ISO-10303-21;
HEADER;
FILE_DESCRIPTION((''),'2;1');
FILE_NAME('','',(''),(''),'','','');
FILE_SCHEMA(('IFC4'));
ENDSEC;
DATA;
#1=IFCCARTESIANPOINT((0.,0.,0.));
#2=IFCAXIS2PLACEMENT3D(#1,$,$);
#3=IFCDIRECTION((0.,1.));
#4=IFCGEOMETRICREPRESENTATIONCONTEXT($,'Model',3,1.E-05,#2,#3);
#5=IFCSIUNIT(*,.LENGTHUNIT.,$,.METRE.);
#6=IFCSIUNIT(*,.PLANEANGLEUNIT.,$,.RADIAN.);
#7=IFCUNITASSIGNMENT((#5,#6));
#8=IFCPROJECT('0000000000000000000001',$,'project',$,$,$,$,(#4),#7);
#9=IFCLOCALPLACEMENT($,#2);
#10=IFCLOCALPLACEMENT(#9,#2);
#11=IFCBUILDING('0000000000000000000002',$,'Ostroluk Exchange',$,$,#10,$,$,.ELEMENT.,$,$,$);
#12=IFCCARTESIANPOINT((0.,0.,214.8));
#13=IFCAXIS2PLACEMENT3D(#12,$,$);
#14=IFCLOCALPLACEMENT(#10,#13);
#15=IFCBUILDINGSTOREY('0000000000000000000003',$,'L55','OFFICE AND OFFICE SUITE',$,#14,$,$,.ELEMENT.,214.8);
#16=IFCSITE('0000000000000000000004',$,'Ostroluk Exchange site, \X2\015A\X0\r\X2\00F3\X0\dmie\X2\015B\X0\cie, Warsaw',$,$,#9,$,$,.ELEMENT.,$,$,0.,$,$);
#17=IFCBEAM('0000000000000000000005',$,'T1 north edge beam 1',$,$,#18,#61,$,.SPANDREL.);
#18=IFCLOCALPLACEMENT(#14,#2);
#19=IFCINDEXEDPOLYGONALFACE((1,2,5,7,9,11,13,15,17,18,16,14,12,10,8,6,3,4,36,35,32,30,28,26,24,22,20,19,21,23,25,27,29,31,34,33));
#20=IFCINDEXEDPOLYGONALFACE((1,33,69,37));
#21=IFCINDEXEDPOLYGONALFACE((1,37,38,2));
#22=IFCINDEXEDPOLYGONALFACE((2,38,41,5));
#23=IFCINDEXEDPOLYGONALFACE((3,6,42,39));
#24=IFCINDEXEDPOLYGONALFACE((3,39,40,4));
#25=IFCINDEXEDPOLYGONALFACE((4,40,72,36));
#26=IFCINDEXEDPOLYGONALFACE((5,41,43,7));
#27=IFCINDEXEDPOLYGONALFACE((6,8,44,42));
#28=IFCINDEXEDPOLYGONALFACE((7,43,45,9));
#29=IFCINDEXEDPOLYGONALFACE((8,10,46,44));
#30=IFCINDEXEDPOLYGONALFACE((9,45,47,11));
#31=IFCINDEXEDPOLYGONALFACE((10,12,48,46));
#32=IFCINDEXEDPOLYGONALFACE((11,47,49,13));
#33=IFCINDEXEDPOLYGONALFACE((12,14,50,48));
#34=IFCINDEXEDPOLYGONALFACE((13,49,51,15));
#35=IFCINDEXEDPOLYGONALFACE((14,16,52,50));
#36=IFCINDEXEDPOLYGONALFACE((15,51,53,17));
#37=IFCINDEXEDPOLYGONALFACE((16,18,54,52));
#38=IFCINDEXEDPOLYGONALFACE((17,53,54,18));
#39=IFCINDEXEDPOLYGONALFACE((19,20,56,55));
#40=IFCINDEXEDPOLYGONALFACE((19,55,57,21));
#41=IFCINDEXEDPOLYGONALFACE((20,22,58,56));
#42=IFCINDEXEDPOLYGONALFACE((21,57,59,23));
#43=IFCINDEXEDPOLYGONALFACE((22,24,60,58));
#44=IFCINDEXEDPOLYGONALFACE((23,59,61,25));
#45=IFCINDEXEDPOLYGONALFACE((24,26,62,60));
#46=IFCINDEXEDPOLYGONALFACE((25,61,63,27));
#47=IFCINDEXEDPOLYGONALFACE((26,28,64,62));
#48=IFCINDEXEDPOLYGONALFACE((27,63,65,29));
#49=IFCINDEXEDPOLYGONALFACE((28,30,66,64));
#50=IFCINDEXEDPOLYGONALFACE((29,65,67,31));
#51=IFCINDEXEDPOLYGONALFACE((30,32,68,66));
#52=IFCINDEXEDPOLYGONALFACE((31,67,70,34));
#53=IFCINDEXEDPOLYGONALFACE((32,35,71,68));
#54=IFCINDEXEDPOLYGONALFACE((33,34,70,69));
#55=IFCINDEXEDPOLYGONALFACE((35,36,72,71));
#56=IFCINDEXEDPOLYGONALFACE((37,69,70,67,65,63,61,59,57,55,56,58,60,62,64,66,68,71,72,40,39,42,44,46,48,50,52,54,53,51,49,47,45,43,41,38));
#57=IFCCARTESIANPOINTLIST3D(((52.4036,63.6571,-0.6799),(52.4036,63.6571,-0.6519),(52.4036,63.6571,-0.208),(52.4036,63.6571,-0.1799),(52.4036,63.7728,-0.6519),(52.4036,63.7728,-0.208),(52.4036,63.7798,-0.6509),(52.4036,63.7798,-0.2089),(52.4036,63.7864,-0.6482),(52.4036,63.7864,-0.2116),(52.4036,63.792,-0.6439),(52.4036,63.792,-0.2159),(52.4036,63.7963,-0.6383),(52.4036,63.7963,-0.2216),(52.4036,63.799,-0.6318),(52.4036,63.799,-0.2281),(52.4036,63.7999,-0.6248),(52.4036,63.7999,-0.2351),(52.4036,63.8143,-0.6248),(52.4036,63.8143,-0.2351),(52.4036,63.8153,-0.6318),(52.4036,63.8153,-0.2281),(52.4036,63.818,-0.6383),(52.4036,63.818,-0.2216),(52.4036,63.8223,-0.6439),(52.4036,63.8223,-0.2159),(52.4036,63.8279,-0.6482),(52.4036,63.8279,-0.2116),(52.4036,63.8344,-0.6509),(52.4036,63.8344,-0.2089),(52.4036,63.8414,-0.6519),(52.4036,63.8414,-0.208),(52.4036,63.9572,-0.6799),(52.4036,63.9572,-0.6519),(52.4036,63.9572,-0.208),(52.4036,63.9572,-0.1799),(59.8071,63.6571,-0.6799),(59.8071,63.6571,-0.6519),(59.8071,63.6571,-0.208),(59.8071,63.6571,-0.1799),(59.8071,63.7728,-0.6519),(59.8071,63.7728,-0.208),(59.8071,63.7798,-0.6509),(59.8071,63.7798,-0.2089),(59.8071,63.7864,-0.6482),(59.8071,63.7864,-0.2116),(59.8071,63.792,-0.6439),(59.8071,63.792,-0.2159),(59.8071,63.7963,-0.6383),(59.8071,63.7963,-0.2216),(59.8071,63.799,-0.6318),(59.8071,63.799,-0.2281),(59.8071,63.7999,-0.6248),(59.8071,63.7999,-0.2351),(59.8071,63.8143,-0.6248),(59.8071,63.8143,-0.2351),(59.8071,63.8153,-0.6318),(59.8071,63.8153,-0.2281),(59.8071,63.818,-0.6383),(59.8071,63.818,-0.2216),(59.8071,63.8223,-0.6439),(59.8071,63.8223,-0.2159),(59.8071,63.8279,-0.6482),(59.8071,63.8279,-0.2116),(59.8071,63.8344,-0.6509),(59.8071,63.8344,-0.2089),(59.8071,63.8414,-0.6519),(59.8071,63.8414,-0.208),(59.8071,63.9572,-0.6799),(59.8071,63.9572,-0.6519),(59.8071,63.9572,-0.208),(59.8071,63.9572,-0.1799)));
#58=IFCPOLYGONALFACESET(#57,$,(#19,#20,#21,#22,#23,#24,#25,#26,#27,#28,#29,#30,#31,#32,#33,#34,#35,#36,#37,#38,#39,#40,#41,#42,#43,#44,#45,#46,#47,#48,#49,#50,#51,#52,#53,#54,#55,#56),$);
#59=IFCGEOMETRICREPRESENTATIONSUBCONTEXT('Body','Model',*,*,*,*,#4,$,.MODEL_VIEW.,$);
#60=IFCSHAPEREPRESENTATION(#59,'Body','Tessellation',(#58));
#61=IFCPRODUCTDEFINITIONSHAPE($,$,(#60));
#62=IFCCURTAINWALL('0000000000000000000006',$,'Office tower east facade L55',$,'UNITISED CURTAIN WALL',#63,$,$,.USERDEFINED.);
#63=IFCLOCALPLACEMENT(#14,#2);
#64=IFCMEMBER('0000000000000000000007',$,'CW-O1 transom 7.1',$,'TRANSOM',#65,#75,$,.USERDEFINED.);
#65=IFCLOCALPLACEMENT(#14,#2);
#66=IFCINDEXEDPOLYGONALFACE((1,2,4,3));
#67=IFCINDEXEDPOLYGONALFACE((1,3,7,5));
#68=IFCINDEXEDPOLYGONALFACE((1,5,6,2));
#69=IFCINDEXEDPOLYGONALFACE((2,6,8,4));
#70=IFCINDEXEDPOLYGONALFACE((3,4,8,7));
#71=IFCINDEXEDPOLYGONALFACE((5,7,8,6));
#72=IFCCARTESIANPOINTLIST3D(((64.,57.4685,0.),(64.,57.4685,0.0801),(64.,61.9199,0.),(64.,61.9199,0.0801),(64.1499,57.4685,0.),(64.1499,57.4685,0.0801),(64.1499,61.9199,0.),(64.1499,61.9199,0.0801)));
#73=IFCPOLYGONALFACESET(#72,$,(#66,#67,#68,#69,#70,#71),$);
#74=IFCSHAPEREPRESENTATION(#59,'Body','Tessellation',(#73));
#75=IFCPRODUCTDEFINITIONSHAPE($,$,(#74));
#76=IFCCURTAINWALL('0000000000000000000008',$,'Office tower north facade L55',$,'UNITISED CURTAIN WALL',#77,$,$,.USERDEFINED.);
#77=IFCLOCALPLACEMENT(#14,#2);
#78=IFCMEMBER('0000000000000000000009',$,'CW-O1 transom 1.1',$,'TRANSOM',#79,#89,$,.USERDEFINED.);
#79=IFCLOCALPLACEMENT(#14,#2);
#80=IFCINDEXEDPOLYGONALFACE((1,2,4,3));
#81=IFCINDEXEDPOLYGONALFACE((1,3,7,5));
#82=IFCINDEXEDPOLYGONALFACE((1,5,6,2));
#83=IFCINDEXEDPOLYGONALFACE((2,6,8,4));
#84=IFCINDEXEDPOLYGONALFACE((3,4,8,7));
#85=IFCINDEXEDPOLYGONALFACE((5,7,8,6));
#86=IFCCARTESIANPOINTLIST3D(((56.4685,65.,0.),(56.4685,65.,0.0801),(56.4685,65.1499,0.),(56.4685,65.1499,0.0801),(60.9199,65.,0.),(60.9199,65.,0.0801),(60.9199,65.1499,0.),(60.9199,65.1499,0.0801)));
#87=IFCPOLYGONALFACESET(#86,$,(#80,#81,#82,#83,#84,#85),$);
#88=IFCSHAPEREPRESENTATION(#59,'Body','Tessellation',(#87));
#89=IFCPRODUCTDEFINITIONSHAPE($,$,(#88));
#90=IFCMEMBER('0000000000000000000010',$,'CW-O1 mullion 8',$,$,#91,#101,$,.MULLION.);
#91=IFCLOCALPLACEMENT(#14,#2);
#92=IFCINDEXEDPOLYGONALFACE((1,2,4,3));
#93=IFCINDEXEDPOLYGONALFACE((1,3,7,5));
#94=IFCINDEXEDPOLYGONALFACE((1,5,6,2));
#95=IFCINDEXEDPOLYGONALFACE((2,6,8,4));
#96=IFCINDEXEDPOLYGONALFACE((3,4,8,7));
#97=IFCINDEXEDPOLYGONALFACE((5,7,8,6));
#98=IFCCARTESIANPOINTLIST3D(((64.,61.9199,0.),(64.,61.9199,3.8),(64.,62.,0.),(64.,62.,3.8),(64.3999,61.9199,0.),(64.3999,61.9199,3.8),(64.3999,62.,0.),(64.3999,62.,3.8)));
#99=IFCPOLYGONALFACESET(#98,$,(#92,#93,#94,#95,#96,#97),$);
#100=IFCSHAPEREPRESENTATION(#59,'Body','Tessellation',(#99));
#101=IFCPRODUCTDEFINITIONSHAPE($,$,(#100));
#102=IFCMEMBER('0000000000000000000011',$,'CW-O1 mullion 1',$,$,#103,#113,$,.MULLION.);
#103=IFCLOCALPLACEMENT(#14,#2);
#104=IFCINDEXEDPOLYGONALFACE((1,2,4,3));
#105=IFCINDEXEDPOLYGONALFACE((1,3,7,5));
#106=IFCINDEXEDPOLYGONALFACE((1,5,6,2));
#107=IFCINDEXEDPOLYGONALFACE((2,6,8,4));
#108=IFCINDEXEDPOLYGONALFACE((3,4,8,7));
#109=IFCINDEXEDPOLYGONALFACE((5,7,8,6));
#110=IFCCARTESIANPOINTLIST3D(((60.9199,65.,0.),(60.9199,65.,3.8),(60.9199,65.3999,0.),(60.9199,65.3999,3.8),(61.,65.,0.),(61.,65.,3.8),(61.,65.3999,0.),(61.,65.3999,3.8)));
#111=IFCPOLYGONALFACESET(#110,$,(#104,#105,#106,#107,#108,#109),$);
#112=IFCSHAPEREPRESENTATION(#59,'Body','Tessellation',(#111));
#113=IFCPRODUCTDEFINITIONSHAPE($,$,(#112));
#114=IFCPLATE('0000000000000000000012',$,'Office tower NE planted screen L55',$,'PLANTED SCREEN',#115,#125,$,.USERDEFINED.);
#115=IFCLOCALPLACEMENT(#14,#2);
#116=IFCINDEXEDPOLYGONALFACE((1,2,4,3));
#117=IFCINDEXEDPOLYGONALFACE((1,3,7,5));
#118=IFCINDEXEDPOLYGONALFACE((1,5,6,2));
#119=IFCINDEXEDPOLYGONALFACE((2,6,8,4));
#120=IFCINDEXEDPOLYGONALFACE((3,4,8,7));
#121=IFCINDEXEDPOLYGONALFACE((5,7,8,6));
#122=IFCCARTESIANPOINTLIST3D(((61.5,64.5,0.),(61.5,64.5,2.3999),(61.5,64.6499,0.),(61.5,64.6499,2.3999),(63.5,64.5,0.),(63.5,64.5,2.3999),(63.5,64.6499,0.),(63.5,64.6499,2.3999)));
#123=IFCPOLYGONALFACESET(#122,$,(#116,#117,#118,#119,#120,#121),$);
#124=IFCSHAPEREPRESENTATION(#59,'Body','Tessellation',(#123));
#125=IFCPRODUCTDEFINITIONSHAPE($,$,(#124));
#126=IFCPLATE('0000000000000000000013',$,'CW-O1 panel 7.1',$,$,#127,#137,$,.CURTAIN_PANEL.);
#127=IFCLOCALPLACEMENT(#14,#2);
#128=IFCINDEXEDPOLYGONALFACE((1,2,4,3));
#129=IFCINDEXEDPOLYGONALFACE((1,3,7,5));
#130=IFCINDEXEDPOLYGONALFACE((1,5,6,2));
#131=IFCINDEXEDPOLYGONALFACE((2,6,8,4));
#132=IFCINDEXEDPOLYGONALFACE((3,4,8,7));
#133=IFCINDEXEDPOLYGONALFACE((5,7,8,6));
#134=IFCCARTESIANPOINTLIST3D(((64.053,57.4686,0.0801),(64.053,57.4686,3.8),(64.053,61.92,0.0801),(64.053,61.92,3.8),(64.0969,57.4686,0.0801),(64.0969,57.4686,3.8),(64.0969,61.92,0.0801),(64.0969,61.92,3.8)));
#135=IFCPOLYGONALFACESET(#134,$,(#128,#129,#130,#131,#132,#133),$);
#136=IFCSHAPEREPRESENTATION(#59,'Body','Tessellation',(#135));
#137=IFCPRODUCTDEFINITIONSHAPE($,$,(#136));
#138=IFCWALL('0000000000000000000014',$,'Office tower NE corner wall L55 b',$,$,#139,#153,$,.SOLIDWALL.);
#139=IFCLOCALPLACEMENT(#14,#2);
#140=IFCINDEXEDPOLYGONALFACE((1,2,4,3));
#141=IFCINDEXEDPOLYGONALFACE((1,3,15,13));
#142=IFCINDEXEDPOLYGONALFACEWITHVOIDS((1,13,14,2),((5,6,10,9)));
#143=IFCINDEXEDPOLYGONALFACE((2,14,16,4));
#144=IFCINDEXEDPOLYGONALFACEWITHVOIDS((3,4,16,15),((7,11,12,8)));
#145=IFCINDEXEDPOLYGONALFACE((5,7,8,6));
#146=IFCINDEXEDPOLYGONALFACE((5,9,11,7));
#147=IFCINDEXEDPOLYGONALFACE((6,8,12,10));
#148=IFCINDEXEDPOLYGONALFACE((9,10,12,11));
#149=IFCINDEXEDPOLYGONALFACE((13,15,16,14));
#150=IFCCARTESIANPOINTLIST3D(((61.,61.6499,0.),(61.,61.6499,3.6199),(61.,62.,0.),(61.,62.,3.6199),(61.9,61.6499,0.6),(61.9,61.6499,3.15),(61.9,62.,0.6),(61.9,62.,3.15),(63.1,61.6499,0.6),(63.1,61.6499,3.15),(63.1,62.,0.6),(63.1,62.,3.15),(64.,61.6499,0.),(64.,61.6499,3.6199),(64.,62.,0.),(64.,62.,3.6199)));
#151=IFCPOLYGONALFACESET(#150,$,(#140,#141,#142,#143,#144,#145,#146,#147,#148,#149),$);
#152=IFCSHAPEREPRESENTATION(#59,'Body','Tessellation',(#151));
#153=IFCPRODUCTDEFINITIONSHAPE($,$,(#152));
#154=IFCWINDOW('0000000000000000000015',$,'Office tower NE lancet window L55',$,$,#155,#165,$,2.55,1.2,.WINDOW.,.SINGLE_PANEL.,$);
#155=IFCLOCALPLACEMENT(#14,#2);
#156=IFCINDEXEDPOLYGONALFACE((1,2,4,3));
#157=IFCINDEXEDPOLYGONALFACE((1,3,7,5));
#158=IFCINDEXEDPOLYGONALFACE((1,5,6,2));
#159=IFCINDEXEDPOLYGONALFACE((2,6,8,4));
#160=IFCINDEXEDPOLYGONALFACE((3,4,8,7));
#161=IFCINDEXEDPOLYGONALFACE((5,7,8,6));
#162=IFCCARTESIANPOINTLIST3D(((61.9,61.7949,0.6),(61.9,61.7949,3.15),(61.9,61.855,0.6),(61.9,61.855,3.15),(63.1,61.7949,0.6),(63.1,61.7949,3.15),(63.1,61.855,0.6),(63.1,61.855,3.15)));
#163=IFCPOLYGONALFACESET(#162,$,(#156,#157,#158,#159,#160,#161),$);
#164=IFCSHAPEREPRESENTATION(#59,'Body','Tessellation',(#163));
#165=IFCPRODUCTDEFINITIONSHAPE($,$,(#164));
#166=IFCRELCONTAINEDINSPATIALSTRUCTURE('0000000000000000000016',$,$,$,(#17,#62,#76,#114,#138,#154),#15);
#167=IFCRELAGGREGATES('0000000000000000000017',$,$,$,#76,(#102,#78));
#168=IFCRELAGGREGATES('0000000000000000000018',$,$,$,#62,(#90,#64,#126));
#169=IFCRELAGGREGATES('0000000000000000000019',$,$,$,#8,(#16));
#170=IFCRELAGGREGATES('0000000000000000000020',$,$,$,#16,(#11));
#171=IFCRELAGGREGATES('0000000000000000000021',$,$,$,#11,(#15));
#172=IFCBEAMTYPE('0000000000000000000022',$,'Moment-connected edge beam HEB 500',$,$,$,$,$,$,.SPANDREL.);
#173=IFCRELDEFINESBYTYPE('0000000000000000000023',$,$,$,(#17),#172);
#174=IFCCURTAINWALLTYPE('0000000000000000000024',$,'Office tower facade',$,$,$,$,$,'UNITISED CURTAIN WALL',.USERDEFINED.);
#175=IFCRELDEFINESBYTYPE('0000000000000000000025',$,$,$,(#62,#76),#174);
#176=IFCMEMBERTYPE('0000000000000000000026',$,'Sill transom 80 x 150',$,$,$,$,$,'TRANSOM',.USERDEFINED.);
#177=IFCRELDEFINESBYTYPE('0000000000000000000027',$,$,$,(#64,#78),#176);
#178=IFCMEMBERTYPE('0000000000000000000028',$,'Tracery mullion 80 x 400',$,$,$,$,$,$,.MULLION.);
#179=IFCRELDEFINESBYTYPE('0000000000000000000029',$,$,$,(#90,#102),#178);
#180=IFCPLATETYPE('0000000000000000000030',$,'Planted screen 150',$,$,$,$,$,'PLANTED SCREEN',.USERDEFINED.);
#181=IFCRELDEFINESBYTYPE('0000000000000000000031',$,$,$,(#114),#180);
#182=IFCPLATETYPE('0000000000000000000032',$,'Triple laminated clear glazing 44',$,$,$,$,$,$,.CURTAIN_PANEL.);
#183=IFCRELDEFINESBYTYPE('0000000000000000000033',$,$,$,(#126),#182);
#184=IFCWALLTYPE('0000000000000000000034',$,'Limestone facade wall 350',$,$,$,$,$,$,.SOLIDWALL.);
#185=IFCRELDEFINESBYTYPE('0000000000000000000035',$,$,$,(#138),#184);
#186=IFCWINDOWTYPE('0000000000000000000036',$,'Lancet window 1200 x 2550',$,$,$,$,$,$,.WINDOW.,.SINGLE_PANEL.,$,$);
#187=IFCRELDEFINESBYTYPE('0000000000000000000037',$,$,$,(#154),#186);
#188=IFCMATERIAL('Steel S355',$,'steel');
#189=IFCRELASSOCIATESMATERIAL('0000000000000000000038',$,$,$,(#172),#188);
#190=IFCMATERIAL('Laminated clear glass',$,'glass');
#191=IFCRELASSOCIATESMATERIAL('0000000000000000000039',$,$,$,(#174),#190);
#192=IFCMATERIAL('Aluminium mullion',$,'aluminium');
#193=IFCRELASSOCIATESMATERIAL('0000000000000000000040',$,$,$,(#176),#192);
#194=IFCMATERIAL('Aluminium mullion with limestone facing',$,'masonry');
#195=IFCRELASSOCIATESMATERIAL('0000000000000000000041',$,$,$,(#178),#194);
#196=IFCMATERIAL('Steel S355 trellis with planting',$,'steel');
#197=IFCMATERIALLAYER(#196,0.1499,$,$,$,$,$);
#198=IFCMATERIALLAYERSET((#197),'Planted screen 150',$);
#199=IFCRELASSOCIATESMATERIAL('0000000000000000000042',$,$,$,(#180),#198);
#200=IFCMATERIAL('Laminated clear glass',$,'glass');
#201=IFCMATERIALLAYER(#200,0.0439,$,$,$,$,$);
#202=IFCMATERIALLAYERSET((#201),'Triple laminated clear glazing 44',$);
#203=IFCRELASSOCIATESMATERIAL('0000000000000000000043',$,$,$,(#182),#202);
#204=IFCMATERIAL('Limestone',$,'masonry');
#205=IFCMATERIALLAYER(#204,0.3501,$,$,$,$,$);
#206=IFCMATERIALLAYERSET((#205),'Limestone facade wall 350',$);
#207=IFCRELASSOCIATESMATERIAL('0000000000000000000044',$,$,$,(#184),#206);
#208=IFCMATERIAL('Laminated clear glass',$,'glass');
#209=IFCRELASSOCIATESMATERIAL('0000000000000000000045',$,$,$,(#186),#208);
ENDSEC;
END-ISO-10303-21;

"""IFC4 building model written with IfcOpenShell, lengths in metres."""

from ifc_helpers import new_model, si_unit, direction, frame, frame_2d, origin, origin_2d, place, context, subcontext, project, spatial, rectangle, i_section, extrude, material, layer, layer_set, material_profile, profile_set, type_object, element, fill, aggregate, save


model = new_model("IFC4")

# Units and contexts
model_context = context("Model", 3, precision=1e-05, world=origin(), true_north=direction((0.0, 1.0)))
body_context = subcontext(model_context, "Body", "Model", "MODEL_VIEW")
ifc_project = project(units=[si_unit("LENGTHUNIT", "METRE"), si_unit("PLANEANGLEUNIT", "RADIAN")], contexts=[model_context])

# Site, building, storey
site_placement = place(None, origin())
site = spatial("IfcSite", under=ifc_project, at=site_placement, Name="Ostroluk Exchange site, Śródmieście, Warsaw", CompositionType="ELEMENT", RefElevation=0.0)
building_placement = place(site_placement, origin())
building = spatial("IfcBuilding", under=site, at=building_placement, Name="Ostroluk Exchange", CompositionType="ELEMENT")
storey_placement = place(building_placement, frame((0.0, 0.0, 214.8)))
storey = spatial("IfcBuildingStorey", under=building, at=storey_placement, Name="L55", Description="OFFICE AND OFFICE SUITE", CompositionType="ELEMENT", Elevation=214.8)

# Beam
ifc_material_1 = material(Name="Steel S355", Category="steel")
ifc_material_profile_1 = material_profile(ifc_material_1, i_section(OverallWidth=0.3, OverallDepth=0.5, WebThickness=0.0144, FlangeThickness=0.0281, FilletRadius=0.0271, at=origin_2d()), Name="HEB 500")
ifc_profile_set_1 = profile_set([ifc_material_profile_1], Name="Steel S355")
beam_type_1 = type_object("IfcBeamType", Name="Moment-connected edge beam HEB 500", PredefinedType="SPANDREL", material=ifc_profile_set_1)
beam_1_placement = place(storey_placement, frame((59.8071, 63.8071, -0.4299), z_axis=(-1.0, 0.0, 0.0), x_axis=(0.0, -1.0, 0.0)))
element("IfcBeam", 1, at=beam_1_placement, inside=storey, type_object=beam_type_1, Name="T1 north edge beam 1", PredefinedType="SPANDREL", context=body_context, shape_type="SweptSolid", body=[
    extrude(i_section(OverallWidth=0.3, OverallDepth=0.5, WebThickness=0.0144, FlangeThickness=0.0281, FilletRadius=0.0271, at=origin_2d()), origin(), (0.0, 0.0, 1.0), 7.4036),
])

# Curtain walls, members
ifc_material_2 = material(Name="Laminated clear glass", Category="glass")
curtain_wall_type = type_object("IfcCurtainWallType", Name="Office tower facade", ElementType="UNITISED CURTAIN WALL", PredefinedType="USERDEFINED", material=ifc_material_2)
curtain_wall_1_placement = place(storey_placement, origin())
curtain_wall_1 = element("IfcCurtainWall", 2, at=curtain_wall_1_placement, inside=storey, type_object=curtain_wall_type, Name="Office tower east facade L55", ObjectType="UNITISED CURTAIN WALL", PredefinedType="USERDEFINED")
ifc_material_3 = material(Name="Aluminium mullion", Category="aluminium")
ifc_material_profile_2 = material_profile(ifc_material_3, rectangle(XDim=0.1499, YDim=0.0801, at=origin_2d()), Name="Sill transom 80 x 150")
ifc_profile_set_2 = profile_set([ifc_material_profile_2], Name="Aluminium mullion")
member_type_1 = type_object("IfcMemberType", Name="Sill transom 80 x 150", ElementType="TRANSOM", PredefinedType="USERDEFINED", material=ifc_profile_set_2)
member_1_placement = place(storey_placement, frame((64.075, 57.4685, 0.04), z_axis=(0.0, 1.0, 0.0), x_axis=(-1.0, 0.0, 0.0)))
member_1 = element("IfcMember", 3, at=member_1_placement, type_object=member_type_1, Name="CW-O1 transom 7.1", ObjectType="TRANSOM", PredefinedType="USERDEFINED", context=body_context, shape_type="SweptSolid", body=[
    extrude(rectangle(XDim=0.1499, YDim=0.0801, at=origin_2d()), origin(), (0.0, 0.0, 1.0), 4.4514),
])
curtain_wall_2_placement = place(storey_placement, origin())
curtain_wall_2 = element("IfcCurtainWall", 4, at=curtain_wall_2_placement, inside=storey, type_object=curtain_wall_type, Name="Office tower north facade L55", ObjectType="UNITISED CURTAIN WALL", PredefinedType="USERDEFINED")
member_2_placement = place(storey_placement, frame((60.9199, 65.075, 0.04), z_axis=(-1.0, 0.0, 0.0), x_axis=(0.0, -1.0, 0.0)))
member_2 = element("IfcMember", 5, at=member_2_placement, type_object=member_type_1, Name="CW-O1 transom 1.1", ObjectType="TRANSOM", PredefinedType="USERDEFINED", context=body_context, shape_type="SweptSolid", body=[
    extrude(rectangle(XDim=0.1499, YDim=0.0801, at=origin_2d()), origin(), (0.0, 0.0, 1.0), 4.4514),
])

# Members
ifc_material_4 = material(Name="Aluminium mullion with limestone facing", Category="masonry")
ifc_material_profile_3 = material_profile(ifc_material_4, rectangle(XDim=0.3999, YDim=0.0801, at=origin_2d()), Name="Tracery mullion 80 x 400")
ifc_profile_set_3 = profile_set([ifc_material_profile_3], Name="Aluminium mullion with limestone facing")
member_type_2 = type_object("IfcMemberType", Name="Tracery mullion 80 x 400", PredefinedType="MULLION", material=ifc_profile_set_3)
member_3_placement = place(storey_placement, frame((64.2, 61.96, 0.0), z_axis=(0.0, 0.0, 1.0), x_axis=(-1.0, 0.0, 0.0)))
member_3 = element("IfcMember", 6, at=member_3_placement, type_object=member_type_2, Name="CW-O1 mullion 8", PredefinedType="MULLION", context=body_context, shape_type="SweptSolid", body=[
    extrude(rectangle(XDim=0.3999, YDim=0.0801, at=origin_2d()), origin(), (0.0, 0.0, 1.0), 3.8),
])
member_4_placement = place(storey_placement, frame((60.96, 65.2, 0.0), z_axis=(0.0, 0.0, 1.0), x_axis=(0.0, -1.0, 0.0)))
member_4 = element("IfcMember", 7, at=member_4_placement, type_object=member_type_2, Name="CW-O1 mullion 1", PredefinedType="MULLION", context=body_context, shape_type="SweptSolid", body=[
    extrude(rectangle(XDim=0.3999, YDim=0.0801, at=origin_2d()), origin(), (0.0, 0.0, 1.0), 3.8),
])
aggregate(curtain_wall_2, [member_4, member_2])

# Plates
ifc_material_5 = material(Name="Steel S355 trellis with planting", Category="steel")
ifc_layer_1 = layer(ifc_material_5, 0.1499)
ifc_layer_set_1 = layer_set([ifc_layer_1], Name="Planted screen 150")
plate_type_1 = type_object("IfcPlateType", Name="Planted screen 150", ElementType="PLANTED SCREEN", PredefinedType="USERDEFINED", material=ifc_layer_set_1)
plate_1_placement = place(storey_placement, frame((62.5, 64.575, 0.0), z_axis=(0.0, 0.0, 1.0), x_axis=(1.0, 0.0, 0.0)))
element("IfcPlate", 8, at=plate_1_placement, inside=storey, type_object=plate_type_1, Name="Office tower NE planted screen L55", ObjectType="PLANTED SCREEN", PredefinedType="USERDEFINED", context=body_context, shape_type="SweptSolid", body=[
    extrude(rectangle(XDim=2.0, YDim=0.1499, at=origin_2d()), origin(), (0.0, 0.0, 1.0), 2.3999),
])
ifc_material_6 = material(Name="Laminated clear glass", Category="glass")
ifc_layer_2 = layer(ifc_material_6, 0.0439)
ifc_layer_set_2 = layer_set([ifc_layer_2], Name="Triple laminated clear glazing 44")
plate_type_2 = type_object("IfcPlateType", Name="Triple laminated clear glazing 44", PredefinedType="CURTAIN_PANEL", material=ifc_layer_set_2)
plate_2_placement = place(storey_placement, frame((64.075, 59.6943, 0.0801), z_axis=(0.0, 0.0, 1.0), x_axis=(0.0, 1.0, 0.0)))
plate_2 = element("IfcPlate", 9, at=plate_2_placement, type_object=plate_type_2, Name="CW-O1 panel 7.1", PredefinedType="CURTAIN_PANEL", context=body_context, shape_type="SweptSolid", body=[
    extrude(rectangle(XDim=4.4514, YDim=0.0439, at=origin_2d()), origin(), (0.0, 0.0, 1.0), 3.72),
])
aggregate(curtain_wall_1, [member_3, member_1, plate_2])

# Shared definitions
ifc_material_7 = material(Name="Limestone", Category="masonry")
ifc_layer_3 = layer(ifc_material_7, 0.3501)
ifc_layer_set_3 = layer_set([ifc_layer_3], Name="Limestone facade wall 350")
wall_type = type_object("IfcWallType", Name="Limestone facade wall 350", PredefinedType="SOLIDWALL", material=ifc_layer_set_3)

# Wall, opening, window
wall_1_placement = place(storey_placement, frame((61.0, 61.825, 0.0), z_axis=(0.0, 0.0, 1.0), x_axis=(1.0, 0.0, 0.0)))
wall_1 = element("IfcWall", 10, at=wall_1_placement, inside=storey, type_object=wall_type, Name="Office tower NE corner wall L55 b", PredefinedType="SOLIDWALL", context=body_context, shape_type="SweptSolid", body=[
    extrude(rectangle(XDim=3.0, YDim=0.3501, at=frame_2d((1.5, 0.0))), origin(), (0.0, 0.0, 1.0), 3.6199),
])
opening_1_placement = place(wall_1_placement, frame((0.8999, 0.0, 0.6001)))
opening_1 = element("IfcOpeningElement", 11, at=opening_1_placement, cuts=wall_1, PredefinedType="OPENING", context=body_context, shape_type="SweptSolid", body=[
    extrude(rectangle(XDim=1.2, YDim=2.55, at=frame_2d((0.6001, 1.2749))), frame((0.0, 0.1851, 0.0), z_axis=(0.0, -1.0, 0.0), x_axis=(1.0, 0.0, 0.0)), (0.0, 0.0, 1.0), 0.3701),
])
ifc_material_8 = material(Name="Laminated clear glass", Category="glass")
window_type = type_object("IfcWindowType", Name="Lancet window 1200 x 2550", PartitioningType="SINGLE_PANEL", PredefinedType="WINDOW", material=ifc_material_8)
window_placement = place(opening_1_placement, origin())
window = element("IfcWindow", 12, at=window_placement, inside=storey, type_object=window_type, Name="Office tower NE lancet window L55", OverallHeight=2.55, OverallWidth=1.2, PartitioningType="SINGLE_PANEL", PredefinedType="WINDOW", context=body_context, shape_type="SweptSolid", body=[
    extrude(rectangle(XDim=1.2, YDim=2.55, at=frame_2d((0.6001, 1.2749))), frame((0.0, 0.03, 0.0), z_axis=(0.0, -1.0, 0.0), x_axis=(1.0, 0.0, 0.0)), (0.0, 0.0, 1.0), 0.0601),
])
fill(opening_1, window)

save(model, "model.ifc")
